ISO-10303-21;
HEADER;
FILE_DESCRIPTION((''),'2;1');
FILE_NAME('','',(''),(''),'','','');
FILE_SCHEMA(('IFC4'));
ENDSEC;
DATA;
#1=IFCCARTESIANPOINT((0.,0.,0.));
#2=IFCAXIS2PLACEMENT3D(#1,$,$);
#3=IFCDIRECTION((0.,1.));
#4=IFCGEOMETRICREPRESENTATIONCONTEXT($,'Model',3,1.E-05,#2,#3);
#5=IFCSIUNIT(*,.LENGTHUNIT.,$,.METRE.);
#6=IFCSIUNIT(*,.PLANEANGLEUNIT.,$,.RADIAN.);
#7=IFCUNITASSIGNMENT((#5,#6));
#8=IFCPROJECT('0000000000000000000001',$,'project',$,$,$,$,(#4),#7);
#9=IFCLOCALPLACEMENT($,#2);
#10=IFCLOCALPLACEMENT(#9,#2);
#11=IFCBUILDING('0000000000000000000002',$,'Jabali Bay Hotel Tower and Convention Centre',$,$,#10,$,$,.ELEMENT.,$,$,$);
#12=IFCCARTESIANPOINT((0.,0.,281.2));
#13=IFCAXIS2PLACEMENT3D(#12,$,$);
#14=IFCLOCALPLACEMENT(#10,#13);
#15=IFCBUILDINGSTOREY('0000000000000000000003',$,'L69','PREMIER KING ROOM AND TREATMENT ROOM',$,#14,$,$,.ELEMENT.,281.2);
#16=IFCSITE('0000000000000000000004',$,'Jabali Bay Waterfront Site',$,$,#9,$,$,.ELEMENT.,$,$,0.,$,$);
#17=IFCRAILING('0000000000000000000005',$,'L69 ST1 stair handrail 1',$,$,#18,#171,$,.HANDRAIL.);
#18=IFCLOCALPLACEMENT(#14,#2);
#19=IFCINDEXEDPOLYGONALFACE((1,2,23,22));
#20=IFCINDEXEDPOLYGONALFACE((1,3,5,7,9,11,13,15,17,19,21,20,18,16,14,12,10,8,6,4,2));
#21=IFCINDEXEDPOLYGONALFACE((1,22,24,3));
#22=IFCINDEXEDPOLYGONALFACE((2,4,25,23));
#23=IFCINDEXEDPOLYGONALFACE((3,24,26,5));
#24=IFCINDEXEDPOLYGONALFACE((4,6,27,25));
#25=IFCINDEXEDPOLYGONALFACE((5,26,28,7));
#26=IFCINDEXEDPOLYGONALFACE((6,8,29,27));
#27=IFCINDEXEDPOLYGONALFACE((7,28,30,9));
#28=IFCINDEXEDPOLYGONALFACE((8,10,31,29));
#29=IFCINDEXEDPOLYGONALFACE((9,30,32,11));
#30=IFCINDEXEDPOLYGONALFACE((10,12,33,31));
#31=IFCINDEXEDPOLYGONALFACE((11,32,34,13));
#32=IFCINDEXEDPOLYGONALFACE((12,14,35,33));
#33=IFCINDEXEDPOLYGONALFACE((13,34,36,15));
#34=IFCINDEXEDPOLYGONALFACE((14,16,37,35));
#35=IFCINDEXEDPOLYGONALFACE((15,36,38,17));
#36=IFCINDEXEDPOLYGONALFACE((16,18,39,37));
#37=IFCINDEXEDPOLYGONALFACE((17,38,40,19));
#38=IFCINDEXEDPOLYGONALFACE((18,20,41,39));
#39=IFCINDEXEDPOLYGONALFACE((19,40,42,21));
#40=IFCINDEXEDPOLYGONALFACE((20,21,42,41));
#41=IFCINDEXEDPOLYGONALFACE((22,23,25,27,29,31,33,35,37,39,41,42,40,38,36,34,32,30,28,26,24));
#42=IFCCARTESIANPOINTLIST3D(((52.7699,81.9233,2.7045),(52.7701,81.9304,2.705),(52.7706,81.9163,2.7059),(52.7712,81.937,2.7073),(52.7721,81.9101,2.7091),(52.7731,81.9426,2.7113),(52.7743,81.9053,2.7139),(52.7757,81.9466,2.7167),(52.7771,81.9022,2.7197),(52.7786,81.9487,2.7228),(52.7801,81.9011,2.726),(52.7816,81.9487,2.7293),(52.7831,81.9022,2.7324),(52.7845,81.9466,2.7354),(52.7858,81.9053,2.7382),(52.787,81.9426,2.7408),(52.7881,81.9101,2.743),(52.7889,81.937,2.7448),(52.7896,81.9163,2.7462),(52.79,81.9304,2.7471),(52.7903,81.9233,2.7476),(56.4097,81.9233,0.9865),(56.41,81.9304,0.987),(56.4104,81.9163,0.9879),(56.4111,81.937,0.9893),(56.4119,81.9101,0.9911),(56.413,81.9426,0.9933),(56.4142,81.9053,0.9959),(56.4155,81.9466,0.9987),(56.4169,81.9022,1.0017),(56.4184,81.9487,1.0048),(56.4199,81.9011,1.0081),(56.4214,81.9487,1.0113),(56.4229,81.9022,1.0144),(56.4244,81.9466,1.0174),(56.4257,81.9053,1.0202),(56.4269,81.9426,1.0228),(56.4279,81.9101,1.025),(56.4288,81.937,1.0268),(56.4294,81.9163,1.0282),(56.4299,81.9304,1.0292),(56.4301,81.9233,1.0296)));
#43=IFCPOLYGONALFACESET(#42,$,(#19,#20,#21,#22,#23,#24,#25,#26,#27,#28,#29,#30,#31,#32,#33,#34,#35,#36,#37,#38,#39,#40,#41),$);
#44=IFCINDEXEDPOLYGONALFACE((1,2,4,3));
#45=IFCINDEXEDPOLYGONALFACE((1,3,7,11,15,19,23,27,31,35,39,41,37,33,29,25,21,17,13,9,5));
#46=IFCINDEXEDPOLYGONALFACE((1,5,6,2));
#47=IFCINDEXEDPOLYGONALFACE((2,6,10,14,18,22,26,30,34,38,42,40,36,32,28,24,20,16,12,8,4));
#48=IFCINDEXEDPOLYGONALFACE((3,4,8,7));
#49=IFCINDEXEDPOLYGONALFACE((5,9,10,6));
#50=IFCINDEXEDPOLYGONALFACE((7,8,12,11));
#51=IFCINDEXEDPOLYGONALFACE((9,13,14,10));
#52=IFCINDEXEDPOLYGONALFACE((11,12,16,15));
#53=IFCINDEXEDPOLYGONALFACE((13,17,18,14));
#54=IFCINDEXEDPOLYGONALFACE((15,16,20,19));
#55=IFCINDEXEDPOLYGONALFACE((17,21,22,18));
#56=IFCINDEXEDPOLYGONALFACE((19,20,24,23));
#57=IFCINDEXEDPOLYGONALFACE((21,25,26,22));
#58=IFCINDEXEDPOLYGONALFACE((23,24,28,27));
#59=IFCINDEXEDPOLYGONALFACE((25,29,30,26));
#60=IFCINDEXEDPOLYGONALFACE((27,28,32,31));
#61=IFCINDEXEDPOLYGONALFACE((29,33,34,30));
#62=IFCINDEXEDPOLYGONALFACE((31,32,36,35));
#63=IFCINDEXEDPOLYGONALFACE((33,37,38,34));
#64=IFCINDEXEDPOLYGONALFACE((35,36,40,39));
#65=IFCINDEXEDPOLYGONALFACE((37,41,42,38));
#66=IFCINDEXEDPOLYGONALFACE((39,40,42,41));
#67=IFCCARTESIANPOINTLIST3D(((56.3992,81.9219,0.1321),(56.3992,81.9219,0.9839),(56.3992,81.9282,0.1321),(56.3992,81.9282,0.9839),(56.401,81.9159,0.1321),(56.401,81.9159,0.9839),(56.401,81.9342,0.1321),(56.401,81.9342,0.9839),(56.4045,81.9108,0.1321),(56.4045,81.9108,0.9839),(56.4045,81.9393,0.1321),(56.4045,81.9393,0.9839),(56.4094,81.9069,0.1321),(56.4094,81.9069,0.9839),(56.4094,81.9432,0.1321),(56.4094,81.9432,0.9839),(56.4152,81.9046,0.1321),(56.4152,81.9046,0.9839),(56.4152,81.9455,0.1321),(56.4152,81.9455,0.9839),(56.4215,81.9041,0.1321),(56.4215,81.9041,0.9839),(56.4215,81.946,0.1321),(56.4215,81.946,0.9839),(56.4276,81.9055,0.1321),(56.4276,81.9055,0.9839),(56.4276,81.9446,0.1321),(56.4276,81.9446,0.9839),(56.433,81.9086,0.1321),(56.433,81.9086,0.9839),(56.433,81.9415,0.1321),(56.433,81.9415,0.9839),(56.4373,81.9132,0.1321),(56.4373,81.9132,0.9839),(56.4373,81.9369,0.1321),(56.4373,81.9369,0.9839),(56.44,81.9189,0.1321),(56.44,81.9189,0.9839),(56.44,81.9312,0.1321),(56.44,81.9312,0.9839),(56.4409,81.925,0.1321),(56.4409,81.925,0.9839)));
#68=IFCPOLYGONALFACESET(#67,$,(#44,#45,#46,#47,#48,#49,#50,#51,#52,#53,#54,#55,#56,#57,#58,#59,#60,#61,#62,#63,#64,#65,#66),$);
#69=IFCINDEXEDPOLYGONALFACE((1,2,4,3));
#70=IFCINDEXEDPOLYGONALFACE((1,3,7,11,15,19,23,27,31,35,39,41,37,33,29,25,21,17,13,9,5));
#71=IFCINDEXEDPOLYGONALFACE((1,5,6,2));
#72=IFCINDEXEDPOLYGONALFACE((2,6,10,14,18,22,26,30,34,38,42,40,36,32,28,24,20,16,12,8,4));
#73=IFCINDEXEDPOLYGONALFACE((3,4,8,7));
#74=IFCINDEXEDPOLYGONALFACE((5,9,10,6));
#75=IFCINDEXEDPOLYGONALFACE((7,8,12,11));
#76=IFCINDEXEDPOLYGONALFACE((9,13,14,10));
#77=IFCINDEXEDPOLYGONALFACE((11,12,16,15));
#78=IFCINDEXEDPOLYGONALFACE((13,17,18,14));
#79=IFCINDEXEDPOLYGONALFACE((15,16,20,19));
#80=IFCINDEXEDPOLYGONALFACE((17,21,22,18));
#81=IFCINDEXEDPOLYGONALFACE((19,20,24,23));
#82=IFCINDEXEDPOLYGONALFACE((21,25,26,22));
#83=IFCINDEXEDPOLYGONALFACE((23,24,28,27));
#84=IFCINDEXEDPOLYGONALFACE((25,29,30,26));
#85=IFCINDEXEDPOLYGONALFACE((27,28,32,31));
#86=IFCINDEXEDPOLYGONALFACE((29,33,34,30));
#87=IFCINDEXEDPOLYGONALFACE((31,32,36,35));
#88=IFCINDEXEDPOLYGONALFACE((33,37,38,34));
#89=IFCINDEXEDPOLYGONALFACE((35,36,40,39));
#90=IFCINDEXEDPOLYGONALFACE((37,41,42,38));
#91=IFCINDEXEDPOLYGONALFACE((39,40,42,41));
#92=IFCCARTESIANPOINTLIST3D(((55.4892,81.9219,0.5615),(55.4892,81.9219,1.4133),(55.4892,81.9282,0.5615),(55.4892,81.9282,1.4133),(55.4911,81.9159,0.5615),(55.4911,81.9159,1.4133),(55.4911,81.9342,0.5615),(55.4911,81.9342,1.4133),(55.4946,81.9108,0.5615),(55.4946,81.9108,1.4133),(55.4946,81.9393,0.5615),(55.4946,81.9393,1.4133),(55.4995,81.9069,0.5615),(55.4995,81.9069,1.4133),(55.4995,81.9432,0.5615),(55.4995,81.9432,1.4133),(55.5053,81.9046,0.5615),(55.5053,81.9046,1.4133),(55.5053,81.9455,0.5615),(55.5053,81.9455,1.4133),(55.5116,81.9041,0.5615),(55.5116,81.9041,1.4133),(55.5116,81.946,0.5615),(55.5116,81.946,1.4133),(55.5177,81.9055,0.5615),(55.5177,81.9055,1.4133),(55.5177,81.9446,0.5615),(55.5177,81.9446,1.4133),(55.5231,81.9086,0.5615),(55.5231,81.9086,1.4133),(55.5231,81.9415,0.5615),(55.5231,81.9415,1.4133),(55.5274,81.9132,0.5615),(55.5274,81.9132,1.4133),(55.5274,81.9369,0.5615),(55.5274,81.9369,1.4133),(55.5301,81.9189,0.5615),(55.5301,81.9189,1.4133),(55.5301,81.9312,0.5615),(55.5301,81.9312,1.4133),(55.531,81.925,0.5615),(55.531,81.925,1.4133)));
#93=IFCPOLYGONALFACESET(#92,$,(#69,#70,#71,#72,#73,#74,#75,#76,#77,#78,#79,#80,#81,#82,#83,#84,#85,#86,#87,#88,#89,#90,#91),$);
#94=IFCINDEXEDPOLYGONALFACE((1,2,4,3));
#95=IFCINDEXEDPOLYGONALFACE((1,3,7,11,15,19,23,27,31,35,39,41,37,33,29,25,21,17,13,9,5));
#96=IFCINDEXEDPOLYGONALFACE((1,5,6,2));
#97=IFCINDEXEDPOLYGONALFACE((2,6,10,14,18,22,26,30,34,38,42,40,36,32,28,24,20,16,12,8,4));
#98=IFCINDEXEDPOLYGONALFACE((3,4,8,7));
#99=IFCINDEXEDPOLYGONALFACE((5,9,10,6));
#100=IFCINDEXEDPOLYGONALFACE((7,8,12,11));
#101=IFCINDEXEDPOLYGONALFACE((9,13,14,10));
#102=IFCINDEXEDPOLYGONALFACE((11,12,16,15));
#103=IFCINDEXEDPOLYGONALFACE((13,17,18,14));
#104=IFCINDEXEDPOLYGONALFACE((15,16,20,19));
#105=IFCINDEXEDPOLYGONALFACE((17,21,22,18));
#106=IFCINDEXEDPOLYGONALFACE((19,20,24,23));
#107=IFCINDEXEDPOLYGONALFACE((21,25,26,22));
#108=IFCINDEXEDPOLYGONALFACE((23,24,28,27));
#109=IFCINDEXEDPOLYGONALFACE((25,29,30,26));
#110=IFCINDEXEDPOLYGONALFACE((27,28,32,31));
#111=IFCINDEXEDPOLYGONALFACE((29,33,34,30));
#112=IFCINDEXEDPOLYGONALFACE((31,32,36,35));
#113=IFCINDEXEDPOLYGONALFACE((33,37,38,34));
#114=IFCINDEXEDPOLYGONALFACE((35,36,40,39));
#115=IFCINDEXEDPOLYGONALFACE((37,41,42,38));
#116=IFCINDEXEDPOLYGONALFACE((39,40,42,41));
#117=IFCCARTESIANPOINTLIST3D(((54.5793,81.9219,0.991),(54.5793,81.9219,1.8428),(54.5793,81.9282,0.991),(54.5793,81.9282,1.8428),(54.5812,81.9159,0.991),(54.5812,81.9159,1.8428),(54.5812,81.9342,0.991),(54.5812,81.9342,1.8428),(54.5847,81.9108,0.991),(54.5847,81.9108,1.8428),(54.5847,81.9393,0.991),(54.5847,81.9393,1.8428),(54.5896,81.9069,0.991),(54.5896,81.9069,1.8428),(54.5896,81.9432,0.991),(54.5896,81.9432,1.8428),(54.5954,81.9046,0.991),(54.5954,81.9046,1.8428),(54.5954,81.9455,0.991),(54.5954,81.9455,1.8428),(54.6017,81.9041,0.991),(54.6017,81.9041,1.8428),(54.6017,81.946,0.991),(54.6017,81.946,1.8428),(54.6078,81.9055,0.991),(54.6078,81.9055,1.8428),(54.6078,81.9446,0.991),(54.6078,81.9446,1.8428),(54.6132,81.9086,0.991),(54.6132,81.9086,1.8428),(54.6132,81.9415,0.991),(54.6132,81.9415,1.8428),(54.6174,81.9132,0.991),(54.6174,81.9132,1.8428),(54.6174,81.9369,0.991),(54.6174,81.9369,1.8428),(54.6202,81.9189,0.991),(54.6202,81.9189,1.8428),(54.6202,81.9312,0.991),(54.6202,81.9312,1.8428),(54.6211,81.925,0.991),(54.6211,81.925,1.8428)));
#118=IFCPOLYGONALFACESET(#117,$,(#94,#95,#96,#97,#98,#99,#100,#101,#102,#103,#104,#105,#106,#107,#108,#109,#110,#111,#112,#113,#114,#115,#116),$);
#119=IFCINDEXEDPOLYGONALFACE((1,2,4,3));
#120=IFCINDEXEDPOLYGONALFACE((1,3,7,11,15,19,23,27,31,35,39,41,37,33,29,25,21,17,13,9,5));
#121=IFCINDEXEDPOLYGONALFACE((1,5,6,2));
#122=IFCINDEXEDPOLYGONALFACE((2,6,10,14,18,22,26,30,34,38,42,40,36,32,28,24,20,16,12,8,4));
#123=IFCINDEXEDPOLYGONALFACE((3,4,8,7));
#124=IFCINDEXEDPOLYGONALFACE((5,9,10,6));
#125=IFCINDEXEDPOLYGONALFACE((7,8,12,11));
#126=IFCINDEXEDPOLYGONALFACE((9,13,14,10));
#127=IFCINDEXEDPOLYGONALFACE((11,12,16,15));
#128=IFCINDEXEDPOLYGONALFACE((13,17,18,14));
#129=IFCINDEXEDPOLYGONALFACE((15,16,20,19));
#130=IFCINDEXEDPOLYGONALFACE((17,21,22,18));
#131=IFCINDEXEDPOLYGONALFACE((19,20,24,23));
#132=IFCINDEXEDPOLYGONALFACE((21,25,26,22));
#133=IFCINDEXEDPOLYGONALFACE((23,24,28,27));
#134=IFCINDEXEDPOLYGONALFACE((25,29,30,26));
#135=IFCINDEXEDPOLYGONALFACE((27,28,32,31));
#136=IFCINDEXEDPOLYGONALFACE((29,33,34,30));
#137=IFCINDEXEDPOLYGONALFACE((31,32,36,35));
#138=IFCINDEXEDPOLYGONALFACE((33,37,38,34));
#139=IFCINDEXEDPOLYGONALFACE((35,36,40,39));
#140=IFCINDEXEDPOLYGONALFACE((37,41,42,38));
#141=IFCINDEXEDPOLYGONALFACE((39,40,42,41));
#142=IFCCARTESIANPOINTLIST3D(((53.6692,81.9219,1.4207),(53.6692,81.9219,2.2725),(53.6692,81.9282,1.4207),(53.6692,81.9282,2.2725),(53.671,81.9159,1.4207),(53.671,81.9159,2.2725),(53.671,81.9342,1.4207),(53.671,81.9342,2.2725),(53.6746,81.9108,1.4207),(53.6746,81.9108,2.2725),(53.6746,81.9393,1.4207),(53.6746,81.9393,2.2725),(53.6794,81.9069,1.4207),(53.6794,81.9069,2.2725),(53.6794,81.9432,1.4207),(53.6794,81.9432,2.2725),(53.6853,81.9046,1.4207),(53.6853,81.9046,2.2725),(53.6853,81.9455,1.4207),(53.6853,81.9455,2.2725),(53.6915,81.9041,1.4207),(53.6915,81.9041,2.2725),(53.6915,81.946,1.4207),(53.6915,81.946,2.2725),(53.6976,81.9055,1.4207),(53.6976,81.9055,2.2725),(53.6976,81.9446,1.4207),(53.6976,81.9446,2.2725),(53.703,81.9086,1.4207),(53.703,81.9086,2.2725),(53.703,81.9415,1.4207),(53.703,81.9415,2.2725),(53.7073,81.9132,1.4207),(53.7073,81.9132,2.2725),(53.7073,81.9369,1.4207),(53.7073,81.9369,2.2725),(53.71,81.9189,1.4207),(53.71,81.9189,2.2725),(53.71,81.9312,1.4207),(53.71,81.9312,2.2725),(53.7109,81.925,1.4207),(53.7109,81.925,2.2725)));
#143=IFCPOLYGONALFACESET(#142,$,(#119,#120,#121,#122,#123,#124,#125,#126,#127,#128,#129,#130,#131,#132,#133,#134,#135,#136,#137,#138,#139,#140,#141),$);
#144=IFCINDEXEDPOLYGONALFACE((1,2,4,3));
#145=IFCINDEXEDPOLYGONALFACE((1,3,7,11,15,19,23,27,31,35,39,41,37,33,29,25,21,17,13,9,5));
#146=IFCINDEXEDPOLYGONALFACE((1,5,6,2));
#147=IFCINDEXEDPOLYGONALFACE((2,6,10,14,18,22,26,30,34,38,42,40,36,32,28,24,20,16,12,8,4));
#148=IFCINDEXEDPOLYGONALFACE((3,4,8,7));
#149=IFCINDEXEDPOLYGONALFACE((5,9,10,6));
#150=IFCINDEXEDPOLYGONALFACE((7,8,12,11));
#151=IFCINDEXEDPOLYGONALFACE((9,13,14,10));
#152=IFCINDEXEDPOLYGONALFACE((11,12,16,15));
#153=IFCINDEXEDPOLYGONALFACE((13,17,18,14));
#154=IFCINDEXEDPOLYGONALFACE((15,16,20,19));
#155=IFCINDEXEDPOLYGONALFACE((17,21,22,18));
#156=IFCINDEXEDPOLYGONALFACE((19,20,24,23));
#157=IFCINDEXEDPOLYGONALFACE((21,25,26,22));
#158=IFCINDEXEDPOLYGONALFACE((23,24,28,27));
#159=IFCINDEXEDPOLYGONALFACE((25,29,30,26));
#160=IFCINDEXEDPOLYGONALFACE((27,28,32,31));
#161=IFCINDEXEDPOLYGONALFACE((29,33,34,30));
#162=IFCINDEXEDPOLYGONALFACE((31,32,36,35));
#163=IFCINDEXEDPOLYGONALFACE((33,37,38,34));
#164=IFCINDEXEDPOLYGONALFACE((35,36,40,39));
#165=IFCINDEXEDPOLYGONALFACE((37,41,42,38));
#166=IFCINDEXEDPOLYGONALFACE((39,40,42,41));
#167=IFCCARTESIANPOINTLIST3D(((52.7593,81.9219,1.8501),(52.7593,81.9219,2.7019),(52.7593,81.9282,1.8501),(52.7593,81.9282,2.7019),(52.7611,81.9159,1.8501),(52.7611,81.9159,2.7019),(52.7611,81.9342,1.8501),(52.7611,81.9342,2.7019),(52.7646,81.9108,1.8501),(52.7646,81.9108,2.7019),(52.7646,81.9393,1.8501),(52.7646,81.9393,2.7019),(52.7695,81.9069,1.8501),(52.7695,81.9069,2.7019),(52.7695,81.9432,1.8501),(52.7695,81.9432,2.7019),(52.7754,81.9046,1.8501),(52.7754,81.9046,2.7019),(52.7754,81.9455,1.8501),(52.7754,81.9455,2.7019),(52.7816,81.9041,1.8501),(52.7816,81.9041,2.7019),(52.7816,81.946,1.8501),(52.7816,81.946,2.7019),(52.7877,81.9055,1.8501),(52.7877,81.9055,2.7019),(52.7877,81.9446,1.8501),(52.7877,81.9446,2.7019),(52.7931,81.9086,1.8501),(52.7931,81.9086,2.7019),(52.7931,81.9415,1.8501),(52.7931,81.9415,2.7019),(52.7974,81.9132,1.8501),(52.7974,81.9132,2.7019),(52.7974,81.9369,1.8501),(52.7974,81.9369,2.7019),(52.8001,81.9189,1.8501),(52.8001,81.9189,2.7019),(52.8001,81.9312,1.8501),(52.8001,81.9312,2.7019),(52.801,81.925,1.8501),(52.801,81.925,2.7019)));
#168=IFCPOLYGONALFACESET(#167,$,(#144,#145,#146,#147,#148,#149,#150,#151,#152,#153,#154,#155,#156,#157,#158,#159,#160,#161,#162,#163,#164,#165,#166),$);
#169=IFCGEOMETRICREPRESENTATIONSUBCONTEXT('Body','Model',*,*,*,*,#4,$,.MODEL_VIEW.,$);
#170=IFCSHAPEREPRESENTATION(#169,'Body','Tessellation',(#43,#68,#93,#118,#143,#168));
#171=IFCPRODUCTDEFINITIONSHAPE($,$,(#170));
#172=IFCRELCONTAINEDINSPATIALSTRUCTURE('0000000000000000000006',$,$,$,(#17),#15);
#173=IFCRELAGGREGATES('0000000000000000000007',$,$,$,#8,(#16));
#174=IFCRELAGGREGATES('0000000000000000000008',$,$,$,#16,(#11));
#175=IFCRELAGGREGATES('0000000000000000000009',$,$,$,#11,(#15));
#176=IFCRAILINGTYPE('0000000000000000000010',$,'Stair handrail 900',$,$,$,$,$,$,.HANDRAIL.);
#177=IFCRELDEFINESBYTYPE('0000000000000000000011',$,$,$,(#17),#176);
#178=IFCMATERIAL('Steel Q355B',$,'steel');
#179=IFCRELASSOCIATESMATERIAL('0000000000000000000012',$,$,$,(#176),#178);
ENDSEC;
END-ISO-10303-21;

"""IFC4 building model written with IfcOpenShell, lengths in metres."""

from ifc_helpers import new_model, si_unit, direction, frame, origin, origin_2d, place, context, subcontext, project, spatial, circle, extrude, material, type_object, element, save


model = new_model("IFC4")

# Units and contexts
model_context = context("Model", 3, precision=1e-05, world=origin(), true_north=direction((0.0, 1.0)))
body_context = subcontext(model_context, "Body", "Model", "MODEL_VIEW")
ifc_project = project(units=[si_unit("LENGTHUNIT", "METRE"), si_unit("PLANEANGLEUNIT", "RADIAN")], contexts=[model_context])

# Site, building, storey
site_placement = place(None, origin())
site = spatial("IfcSite", under=ifc_project, at=site_placement, Name="Jabali Bay Waterfront Site", CompositionType="ELEMENT", RefElevation=0.0)
building_placement = place(site_placement, origin())
building = spatial("IfcBuilding", under=site, at=building_placement, Name="Jabali Bay Hotel Tower and Convention Centre", CompositionType="ELEMENT")
storey_placement = place(building_placement, frame((0.0, 0.0, 281.2)))
storey = spatial("IfcBuildingStorey", under=building, at=storey_placement, Name="L69", Description="PREMIER KING ROOM AND TREATMENT ROOM", CompositionType="ELEMENT", Elevation=281.2)

# Railing
ifc_material_1 = material(Name="Steel Q355B", Category="steel")
railing_type_1 = type_object("IfcRailingType", Name="Stair handrail 900", PredefinedType="HANDRAIL", material=ifc_material_1)
railing_1_placement = place(storey_placement, frame((56.4199, 81.925, 0.1321)))
element("IfcRailing", 1, at=railing_1_placement, inside=storey, type_object=railing_type_1, Name="L69 ST1 stair handrail 1", PredefinedType="HANDRAIL", context=body_context, shape_type="SweptSolid", body=[
    extrude(circle(Radius=0.0239, at=origin_2d()), frame((0.0, 0.0, 0.876), z_axis=(-0.904327, 0.0, 0.42684), x_axis=(0.0, -1.0, 0.0)), (0.0, 0.0, 1.0), 4.0249),
    extrude(circle(Radius=0.021, at=origin_2d()), origin(), (0.0, 0.0, 1.0), 0.8518),
    extrude(circle(Radius=0.021, at=origin_2d()), frame((-0.9099, 0.0, 0.4294)), (0.0, 0.0, 1.0), 0.8518),
    extrude(circle(Radius=0.021, at=origin_2d()), frame((-1.8198, 0.0, 0.8589)), (0.0, 0.0, 1.0), 0.8518),
    extrude(circle(Radius=0.021, at=origin_2d()), frame((-2.73, 0.0, 1.2886)), (0.0, 0.0, 1.0), 0.8518),
    extrude(circle(Radius=0.021, at=origin_2d()), frame((-3.6399, 0.0, 1.718)), (0.0, 0.0, 1.0), 0.8518),
])

save(model, "model.ifc")
